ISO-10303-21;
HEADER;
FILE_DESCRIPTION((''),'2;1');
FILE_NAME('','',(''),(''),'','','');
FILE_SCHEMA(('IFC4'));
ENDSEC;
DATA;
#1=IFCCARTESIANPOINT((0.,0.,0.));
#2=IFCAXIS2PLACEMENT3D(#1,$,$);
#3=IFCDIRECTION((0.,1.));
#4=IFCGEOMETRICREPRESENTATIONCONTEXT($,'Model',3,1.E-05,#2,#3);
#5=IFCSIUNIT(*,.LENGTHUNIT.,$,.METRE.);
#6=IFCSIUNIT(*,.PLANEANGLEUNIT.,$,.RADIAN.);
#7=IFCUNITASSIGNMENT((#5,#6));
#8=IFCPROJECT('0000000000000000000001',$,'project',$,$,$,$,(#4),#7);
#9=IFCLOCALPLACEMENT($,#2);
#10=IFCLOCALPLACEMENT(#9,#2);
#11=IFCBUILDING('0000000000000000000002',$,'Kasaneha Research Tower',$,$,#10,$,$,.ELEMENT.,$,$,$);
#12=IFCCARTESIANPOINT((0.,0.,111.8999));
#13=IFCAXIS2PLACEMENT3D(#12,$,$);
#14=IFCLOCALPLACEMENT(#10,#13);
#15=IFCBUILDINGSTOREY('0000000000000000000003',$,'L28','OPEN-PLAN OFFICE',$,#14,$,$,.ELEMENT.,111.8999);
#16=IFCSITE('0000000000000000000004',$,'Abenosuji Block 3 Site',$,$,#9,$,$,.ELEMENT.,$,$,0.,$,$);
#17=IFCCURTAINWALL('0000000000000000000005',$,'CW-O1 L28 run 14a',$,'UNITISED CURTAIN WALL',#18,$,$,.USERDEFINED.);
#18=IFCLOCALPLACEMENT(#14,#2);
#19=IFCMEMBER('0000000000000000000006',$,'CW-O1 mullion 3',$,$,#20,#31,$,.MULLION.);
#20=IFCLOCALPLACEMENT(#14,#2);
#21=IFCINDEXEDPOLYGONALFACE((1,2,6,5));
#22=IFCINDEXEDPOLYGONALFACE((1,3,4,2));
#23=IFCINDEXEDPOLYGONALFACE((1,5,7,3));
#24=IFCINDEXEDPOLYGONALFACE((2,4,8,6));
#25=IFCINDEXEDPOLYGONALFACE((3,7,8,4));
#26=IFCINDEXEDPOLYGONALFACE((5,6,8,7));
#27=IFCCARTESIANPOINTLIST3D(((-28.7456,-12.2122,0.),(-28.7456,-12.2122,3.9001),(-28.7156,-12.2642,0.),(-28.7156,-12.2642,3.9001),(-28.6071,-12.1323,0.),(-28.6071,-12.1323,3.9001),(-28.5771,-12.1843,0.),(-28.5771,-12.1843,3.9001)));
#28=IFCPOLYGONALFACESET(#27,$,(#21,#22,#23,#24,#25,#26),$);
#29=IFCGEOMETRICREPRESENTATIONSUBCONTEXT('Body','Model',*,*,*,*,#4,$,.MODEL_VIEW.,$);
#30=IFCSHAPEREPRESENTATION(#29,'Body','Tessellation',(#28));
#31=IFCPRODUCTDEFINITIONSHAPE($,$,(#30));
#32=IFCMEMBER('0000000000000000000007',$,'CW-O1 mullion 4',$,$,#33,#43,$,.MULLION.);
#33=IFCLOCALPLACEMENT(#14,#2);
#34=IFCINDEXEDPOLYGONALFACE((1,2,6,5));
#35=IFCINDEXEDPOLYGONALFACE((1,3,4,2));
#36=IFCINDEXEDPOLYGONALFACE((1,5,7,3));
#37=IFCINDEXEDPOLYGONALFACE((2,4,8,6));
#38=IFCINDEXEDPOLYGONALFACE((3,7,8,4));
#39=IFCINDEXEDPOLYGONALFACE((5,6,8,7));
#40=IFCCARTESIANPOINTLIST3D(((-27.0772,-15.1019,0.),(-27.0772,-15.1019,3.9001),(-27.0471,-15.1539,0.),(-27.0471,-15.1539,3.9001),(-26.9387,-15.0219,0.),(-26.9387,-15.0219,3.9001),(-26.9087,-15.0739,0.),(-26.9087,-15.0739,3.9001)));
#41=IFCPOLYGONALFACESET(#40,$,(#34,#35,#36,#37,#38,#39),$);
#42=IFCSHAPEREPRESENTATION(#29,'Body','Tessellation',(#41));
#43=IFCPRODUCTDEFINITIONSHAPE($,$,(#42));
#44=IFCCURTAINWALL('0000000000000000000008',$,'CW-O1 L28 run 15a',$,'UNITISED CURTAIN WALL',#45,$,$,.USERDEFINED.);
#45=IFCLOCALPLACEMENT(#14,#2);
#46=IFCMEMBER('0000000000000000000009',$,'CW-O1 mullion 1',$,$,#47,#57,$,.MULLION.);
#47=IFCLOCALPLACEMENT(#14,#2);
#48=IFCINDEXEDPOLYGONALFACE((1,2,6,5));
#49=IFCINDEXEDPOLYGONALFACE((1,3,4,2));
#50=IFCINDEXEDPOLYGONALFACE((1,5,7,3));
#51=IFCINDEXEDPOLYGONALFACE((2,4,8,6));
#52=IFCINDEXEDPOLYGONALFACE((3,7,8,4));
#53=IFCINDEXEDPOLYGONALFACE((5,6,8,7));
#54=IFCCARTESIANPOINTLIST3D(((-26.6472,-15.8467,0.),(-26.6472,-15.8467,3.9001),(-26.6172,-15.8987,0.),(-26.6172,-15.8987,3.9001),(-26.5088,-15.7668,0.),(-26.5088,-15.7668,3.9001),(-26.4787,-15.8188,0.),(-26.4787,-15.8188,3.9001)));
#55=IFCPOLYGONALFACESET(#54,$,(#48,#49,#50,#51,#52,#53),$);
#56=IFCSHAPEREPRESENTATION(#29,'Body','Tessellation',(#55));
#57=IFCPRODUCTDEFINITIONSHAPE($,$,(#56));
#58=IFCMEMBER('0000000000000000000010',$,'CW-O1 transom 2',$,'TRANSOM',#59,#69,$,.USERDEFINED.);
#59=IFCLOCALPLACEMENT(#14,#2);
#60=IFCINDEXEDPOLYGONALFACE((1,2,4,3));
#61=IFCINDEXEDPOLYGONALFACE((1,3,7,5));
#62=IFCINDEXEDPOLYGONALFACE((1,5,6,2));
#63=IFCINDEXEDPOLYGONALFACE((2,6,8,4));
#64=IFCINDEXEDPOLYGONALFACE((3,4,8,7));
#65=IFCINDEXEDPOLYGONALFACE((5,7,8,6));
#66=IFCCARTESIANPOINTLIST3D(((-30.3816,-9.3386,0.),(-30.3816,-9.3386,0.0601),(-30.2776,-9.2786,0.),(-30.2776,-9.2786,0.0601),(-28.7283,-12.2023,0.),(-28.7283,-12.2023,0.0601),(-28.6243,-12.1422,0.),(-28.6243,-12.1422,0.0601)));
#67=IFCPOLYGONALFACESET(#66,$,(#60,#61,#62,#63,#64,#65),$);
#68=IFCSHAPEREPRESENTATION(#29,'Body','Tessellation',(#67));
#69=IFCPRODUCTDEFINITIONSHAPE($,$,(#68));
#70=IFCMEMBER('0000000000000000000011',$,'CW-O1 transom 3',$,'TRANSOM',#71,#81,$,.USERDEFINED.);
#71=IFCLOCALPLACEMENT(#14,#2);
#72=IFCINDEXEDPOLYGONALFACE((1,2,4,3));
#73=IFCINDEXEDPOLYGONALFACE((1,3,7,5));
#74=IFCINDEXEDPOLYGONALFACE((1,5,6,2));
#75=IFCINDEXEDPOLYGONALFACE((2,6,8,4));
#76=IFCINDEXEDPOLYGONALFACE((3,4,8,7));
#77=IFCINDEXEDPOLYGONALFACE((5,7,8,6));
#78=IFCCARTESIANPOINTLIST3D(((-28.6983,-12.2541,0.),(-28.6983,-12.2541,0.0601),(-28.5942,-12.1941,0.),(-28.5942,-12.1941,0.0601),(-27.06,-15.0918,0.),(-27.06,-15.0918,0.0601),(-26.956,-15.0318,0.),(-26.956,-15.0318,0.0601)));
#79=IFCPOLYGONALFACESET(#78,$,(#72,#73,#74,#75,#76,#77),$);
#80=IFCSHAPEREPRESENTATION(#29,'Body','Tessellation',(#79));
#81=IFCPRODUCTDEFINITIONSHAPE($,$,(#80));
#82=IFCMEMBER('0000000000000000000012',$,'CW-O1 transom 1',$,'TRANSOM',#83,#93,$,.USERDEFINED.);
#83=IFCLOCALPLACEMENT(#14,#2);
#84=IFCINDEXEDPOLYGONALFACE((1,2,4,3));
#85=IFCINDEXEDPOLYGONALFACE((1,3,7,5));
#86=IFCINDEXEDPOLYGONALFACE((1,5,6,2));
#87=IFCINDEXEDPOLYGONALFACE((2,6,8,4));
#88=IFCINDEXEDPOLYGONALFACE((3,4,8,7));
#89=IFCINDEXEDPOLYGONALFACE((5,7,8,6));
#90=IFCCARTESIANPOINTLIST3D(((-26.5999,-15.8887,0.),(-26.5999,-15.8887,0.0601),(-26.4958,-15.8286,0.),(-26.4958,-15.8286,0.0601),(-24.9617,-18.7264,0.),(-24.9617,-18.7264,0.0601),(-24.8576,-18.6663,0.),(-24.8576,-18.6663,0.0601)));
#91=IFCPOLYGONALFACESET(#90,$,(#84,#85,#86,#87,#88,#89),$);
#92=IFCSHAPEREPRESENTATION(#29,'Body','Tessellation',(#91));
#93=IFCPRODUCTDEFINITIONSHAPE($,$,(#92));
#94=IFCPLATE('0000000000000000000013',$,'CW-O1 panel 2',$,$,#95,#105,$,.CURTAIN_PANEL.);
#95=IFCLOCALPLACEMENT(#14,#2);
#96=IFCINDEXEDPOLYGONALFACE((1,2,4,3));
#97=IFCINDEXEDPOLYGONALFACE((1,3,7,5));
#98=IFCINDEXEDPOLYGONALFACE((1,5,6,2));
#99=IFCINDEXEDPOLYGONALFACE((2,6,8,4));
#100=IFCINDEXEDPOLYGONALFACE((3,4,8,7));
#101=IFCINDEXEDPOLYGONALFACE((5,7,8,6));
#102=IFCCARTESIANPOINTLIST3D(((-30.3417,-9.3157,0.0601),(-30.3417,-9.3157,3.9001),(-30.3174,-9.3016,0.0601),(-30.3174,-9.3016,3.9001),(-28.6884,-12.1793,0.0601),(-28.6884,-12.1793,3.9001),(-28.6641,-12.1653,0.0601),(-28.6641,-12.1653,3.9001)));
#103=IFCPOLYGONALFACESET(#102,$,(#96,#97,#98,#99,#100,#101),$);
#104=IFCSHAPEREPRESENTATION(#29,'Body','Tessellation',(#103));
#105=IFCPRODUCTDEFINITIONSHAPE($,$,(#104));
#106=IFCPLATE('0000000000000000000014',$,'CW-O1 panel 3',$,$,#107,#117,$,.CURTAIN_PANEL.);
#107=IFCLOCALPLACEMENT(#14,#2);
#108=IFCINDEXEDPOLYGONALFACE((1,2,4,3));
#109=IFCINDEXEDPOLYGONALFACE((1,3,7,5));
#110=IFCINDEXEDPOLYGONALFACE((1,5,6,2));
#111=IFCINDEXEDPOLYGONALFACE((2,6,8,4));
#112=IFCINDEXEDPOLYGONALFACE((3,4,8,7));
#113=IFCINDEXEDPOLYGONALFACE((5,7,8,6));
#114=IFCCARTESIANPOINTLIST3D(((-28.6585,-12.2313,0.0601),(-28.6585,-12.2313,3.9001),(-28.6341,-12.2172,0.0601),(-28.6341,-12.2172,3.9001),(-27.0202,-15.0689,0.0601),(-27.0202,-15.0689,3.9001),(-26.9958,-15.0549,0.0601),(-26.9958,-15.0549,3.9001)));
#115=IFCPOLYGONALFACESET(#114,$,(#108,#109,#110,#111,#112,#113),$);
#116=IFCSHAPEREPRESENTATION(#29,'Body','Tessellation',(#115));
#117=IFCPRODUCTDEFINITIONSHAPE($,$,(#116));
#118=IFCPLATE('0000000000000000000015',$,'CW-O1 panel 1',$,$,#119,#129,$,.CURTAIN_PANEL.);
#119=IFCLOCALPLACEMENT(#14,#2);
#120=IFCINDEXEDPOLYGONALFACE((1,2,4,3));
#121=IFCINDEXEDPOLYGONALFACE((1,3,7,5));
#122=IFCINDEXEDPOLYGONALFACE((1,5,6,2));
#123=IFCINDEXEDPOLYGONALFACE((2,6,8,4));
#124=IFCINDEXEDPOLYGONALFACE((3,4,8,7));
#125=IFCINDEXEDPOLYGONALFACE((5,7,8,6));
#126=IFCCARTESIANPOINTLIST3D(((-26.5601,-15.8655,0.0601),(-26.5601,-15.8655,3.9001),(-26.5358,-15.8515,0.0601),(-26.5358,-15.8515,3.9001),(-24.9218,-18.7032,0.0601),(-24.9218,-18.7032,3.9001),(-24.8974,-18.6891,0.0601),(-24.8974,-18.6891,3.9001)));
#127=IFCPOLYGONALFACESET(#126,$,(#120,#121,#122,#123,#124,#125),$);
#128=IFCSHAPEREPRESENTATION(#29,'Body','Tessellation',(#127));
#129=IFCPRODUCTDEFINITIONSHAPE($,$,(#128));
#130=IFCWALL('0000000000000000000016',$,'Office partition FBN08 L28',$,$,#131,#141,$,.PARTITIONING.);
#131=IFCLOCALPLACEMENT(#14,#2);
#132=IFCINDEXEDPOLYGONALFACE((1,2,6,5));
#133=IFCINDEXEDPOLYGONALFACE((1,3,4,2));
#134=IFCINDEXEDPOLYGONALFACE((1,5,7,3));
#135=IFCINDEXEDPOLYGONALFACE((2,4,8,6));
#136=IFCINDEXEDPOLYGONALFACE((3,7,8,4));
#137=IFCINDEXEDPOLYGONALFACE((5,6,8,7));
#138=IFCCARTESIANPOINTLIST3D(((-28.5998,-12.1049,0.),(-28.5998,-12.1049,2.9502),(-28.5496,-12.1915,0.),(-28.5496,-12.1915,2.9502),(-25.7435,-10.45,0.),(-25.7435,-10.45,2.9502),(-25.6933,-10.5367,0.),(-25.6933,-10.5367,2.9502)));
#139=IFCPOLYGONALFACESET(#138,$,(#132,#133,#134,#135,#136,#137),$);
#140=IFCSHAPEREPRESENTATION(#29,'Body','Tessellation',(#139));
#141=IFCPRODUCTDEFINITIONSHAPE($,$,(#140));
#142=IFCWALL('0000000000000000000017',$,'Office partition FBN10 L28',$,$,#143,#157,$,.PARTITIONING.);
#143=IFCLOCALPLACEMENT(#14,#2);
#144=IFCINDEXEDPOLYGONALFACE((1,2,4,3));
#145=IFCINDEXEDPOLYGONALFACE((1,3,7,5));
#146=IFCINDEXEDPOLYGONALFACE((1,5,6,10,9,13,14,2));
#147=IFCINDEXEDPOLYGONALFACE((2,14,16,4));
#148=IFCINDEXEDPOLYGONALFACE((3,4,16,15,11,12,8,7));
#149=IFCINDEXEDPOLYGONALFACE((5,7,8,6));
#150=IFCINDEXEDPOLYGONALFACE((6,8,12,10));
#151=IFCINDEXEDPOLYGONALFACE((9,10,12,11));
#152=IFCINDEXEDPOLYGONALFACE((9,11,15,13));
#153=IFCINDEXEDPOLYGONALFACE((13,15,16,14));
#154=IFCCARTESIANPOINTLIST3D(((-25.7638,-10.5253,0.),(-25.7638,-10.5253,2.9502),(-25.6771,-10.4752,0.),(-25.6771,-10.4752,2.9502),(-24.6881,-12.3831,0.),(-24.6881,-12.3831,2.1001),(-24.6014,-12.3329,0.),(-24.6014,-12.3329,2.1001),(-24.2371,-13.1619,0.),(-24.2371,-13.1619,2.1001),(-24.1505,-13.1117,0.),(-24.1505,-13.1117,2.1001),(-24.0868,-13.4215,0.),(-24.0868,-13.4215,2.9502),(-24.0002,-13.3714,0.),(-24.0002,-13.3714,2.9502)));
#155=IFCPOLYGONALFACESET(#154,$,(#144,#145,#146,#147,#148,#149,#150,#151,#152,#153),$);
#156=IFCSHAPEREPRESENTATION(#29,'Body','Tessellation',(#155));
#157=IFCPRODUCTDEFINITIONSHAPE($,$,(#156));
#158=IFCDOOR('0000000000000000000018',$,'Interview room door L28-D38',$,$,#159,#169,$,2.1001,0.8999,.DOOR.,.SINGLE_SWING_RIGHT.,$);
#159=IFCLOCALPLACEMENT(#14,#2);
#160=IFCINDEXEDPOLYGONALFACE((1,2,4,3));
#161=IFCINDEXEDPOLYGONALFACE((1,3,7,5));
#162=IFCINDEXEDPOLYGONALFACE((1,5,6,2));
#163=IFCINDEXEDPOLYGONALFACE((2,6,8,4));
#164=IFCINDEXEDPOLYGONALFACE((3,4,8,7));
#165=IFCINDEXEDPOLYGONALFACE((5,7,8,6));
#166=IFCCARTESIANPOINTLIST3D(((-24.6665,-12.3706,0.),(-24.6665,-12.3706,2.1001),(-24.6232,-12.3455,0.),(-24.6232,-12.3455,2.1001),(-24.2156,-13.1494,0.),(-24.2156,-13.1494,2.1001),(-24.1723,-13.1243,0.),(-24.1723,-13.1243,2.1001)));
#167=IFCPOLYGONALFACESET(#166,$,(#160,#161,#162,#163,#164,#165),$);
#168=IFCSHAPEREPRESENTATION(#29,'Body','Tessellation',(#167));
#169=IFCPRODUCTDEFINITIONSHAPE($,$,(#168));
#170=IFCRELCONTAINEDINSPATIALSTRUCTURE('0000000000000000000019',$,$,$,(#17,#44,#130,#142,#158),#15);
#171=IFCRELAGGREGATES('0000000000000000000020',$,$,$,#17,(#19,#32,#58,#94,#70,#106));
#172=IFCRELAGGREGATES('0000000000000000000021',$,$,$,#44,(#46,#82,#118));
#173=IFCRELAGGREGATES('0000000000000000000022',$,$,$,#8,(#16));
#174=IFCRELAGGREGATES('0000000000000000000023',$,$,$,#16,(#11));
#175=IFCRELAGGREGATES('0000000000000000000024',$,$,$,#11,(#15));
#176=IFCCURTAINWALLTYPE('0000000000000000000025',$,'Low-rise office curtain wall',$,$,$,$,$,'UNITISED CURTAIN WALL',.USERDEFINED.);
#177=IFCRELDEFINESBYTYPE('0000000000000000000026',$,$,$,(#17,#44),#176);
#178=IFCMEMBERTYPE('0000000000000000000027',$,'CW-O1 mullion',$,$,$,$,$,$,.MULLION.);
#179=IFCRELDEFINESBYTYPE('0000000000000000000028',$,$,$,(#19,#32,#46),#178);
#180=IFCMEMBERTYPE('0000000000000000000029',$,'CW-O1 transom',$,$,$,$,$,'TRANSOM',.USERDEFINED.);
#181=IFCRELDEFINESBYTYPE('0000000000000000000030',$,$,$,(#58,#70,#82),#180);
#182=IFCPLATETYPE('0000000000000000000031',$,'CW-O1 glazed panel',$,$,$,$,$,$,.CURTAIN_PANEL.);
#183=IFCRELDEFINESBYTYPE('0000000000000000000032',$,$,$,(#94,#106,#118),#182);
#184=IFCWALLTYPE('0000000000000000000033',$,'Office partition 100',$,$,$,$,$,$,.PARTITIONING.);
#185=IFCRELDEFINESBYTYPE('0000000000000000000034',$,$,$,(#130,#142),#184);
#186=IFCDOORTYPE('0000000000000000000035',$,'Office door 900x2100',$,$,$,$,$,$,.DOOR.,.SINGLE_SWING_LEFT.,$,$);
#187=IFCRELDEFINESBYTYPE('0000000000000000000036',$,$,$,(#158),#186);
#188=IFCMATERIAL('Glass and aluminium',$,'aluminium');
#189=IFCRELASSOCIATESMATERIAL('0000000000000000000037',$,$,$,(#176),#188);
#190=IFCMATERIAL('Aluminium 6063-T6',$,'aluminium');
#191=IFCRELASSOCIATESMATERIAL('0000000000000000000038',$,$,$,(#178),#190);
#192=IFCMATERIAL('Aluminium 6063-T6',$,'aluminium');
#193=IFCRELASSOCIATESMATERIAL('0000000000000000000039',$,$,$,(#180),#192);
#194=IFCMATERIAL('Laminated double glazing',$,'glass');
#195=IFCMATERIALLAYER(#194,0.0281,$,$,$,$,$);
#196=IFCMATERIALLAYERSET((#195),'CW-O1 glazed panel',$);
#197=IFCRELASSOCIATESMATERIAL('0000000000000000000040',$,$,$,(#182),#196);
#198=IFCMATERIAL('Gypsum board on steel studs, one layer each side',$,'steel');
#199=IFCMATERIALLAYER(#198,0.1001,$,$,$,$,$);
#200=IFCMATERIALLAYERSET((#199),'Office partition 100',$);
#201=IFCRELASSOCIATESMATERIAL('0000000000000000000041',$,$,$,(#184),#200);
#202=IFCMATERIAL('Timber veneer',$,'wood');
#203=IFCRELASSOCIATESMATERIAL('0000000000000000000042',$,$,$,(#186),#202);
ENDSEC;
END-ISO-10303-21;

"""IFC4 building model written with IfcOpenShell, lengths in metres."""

from ifc_helpers import new_model, si_unit, direction, frame, frame_2d, origin, origin_2d, place, context, subcontext, project, spatial, rectangle, extrude, material, layer, layer_set, material_profile, profile_set, type_object, element, fill, aggregate, save


model = new_model("IFC4")

# Units and contexts
model_context = context("Model", 3, precision=1e-05, world=origin(), true_north=direction((0.0, 1.0)))
body_context = subcontext(model_context, "Body", "Model", "MODEL_VIEW")
ifc_project = project(units=[si_unit("LENGTHUNIT", "METRE"), si_unit("PLANEANGLEUNIT", "RADIAN")], contexts=[model_context])

# Site, building, storey
site_placement = place(None, origin())
site = spatial("IfcSite", under=ifc_project, at=site_placement, Name="Abenosuji Block 3 Site", CompositionType="ELEMENT", RefElevation=0.0)
building_placement = place(site_placement, origin())
building = spatial("IfcBuilding", under=site, at=building_placement, Name="Kasaneha Research Tower", CompositionType="ELEMENT")
storey_placement = place(building_placement, frame((0.0, 0.0, 111.8999)))
storey = spatial("IfcBuildingStorey", under=building, at=storey_placement, Name="L28", Description="OPEN-PLAN OFFICE", CompositionType="ELEMENT", Elevation=111.8999)

# Curtain wall, members
ifc_material_1 = material(Name="Glass and aluminium", Category="aluminium")
curtain_wall_type = type_object("IfcCurtainWallType", Name="Low-rise office curtain wall", ElementType="UNITISED CURTAIN WALL", PredefinedType="USERDEFINED", material=ifc_material_1)
curtain_wall_1_placement = place(storey_placement, origin())
curtain_wall_1 = element("IfcCurtainWall", 1, at=curtain_wall_1_placement, inside=storey, type_object=curtain_wall_type, Name="CW-O1 L28 run 14a", ObjectType="UNITISED CURTAIN WALL", PredefinedType="USERDEFINED")
ifc_material_2 = material(Name="Aluminium 6063-T6", Category="aluminium")
ifc_material_profile_1 = material_profile(ifc_material_2, rectangle(XDim=0.0601, YDim=0.1599, at=origin_2d()), Name="CW-O1 mullion 60x160")
ifc_profile_set_1 = profile_set([ifc_material_profile_1], Name="Aluminium 6063-T6")
member_type_1 = type_object("IfcMemberType", Name="CW-O1 mullion", PredefinedType="MULLION", material=ifc_profile_set_1)
member_1_placement = place(storey_placement, frame((-28.6614, -12.1982, 0.0), z_axis=(0.0, 0.0, 1.0), x_axis=(0.5, -0.866025, 0.0)))
member_1 = element("IfcMember", 2, at=member_1_placement, type_object=member_type_1, Name="CW-O1 mullion 3", PredefinedType="MULLION", context=body_context, shape_type="SweptSolid", body=[
    extrude(rectangle(XDim=0.0601, YDim=0.1599, at=origin_2d()), origin(), (0.0, 0.0, 1.0), 3.9001),
])
member_2_placement = place(storey_placement, frame((-26.9929, -15.0879, 0.0), z_axis=(0.0, 0.0, 1.0), x_axis=(0.5, -0.866025, 0.0)))
member_2 = element("IfcMember", 3, at=member_2_placement, type_object=member_type_1, Name="CW-O1 mullion 4", PredefinedType="MULLION", context=body_context, shape_type="SweptSolid", body=[
    extrude(rectangle(XDim=0.0601, YDim=0.1599, at=origin_2d()), origin(), (0.0, 0.0, 1.0), 3.9001),
])

# Curtain wall, member
curtain_wall_2_placement = place(storey_placement, origin())
curtain_wall_2 = element("IfcCurtainWall", 4, at=curtain_wall_2_placement, inside=storey, type_object=curtain_wall_type, Name="CW-O1 L28 run 15a", ObjectType="UNITISED CURTAIN WALL", PredefinedType="USERDEFINED")
member_3_placement = place(storey_placement, frame((-26.563, -15.8328, 0.0), z_axis=(0.0, 0.0, 1.0), x_axis=(0.5, -0.866025, 0.0)))
member_3 = element("IfcMember", 5, at=member_3_placement, type_object=member_type_1, Name="CW-O1 mullion 1", PredefinedType="MULLION", context=body_context, shape_type="SweptSolid", body=[
    extrude(rectangle(XDim=0.0601, YDim=0.1599, at=origin_2d()), origin(), (0.0, 0.0, 1.0), 3.9001),
])

# Members
ifc_material_3 = material(Name="Aluminium 6063-T6", Category="aluminium")
ifc_material_profile_2 = material_profile(ifc_material_3, rectangle(XDim=0.1201, YDim=0.0601, at=origin_2d()), Name="CW-O1 transom 120x60")
ifc_profile_set_2 = profile_set([ifc_material_profile_2], Name="Aluminium 6063-T6")
member_type_2 = type_object("IfcMemberType", Name="CW-O1 transom", ElementType="TRANSOM", PredefinedType="USERDEFINED", material=ifc_profile_set_2)
member_4_placement = place(storey_placement, frame((-30.3296, -9.3086, 0.03), z_axis=(0.499982, -0.866036, 0.0), x_axis=(0.866036, 0.499982, 0.0)))
member_4 = element("IfcMember", 6, at=member_4_placement, type_object=member_type_2, Name="CW-O1 transom 2", ObjectType="TRANSOM", PredefinedType="USERDEFINED", context=body_context, shape_type="SweptSolid", body=[
    extrude(rectangle(XDim=0.1201, YDim=0.0601, at=origin_2d()), origin(), (0.0, 0.0, 1.0), 3.3066),
])
member_5_placement = place(storey_placement, frame((-28.6462, -12.2241, 0.03), z_axis=(0.49997, -0.866043, 0.0), x_axis=(0.866043, 0.49997, 0.0)))
member_5 = element("IfcMember", 7, at=member_5_placement, type_object=member_type_2, Name="CW-O1 transom 3", ObjectType="TRANSOM", PredefinedType="USERDEFINED", context=body_context, shape_type="SweptSolid", body=[
    extrude(rectangle(XDim=0.1201, YDim=0.0601, at=origin_2d()), origin(), (0.0, 0.0, 1.0), 3.2766),
])
member_6_placement = place(storey_placement, frame((-26.5479, -15.8586, 0.03), z_axis=(0.49997, -0.866043, 0.0), x_axis=(0.866043, 0.49997, 0.0)))
member_6 = element("IfcMember", 8, at=member_6_placement, type_object=member_type_2, Name="CW-O1 transom 1", ObjectType="TRANSOM", PredefinedType="USERDEFINED", context=body_context, shape_type="SweptSolid", body=[
    extrude(rectangle(XDim=0.1201, YDim=0.0601, at=origin_2d()), origin(), (0.0, 0.0, 1.0), 3.2766),
])

# Plates
ifc_material_4 = material(Name="Laminated double glazing", Category="glass")
ifc_layer_1 = layer(ifc_material_4, 0.0281)
ifc_layer_set_1 = layer_set([ifc_layer_1], Name="CW-O1 glazed panel")
plate_type = type_object("IfcPlateType", Name="CW-O1 glazed panel", PredefinedType="CURTAIN_PANEL", material=ifc_layer_set_1)
plate_1_placement = place(storey_placement, frame((-29.5029, -10.7405, 0.0601), z_axis=(0.0, 0.0, 1.0), x_axis=(0.5, -0.866025, 0.0)))
plate_1 = element("IfcPlate", 9, at=plate_1_placement, type_object=plate_type, Name="CW-O1 panel 2", PredefinedType="CURTAIN_PANEL", context=body_context, shape_type="SweptSolid", body=[
    extrude(rectangle(XDim=3.3066, YDim=0.0281, at=origin_2d()), origin(), (0.0, 0.0, 1.0), 3.8401),
])
plate_2_placement = place(storey_placement, frame((-27.8271, -13.6431, 0.0601), z_axis=(0.0, 0.0, 1.0), x_axis=(0.5, -0.866025, 0.0)))
plate_2 = element("IfcPlate", 10, at=plate_2_placement, type_object=plate_type, Name="CW-O1 panel 3", PredefinedType="CURTAIN_PANEL", context=body_context, shape_type="SweptSolid", body=[
    extrude(rectangle(XDim=3.2766, YDim=0.0281, at=origin_2d()), origin(), (0.0, 0.0, 1.0), 3.8401),
])
aggregate(curtain_wall_1, [member_1, member_2, member_4, plate_1, member_5, plate_2])
plate_3_placement = place(storey_placement, frame((-25.7288, -17.2773, 0.0601), z_axis=(0.0, 0.0, 1.0), x_axis=(0.5, -0.866025, 0.0)))
plate_3 = element("IfcPlate", 11, at=plate_3_placement, type_object=plate_type, Name="CW-O1 panel 1", PredefinedType="CURTAIN_PANEL", context=body_context, shape_type="SweptSolid", body=[
    extrude(rectangle(XDim=3.2766, YDim=0.0281, at=origin_2d()), origin(), (0.0, 0.0, 1.0), 3.8401),
])
aggregate(curtain_wall_2, [member_3, member_6, plate_3])

# Wall
ifc_material_5 = material(Name="Gypsum board on steel studs, one layer each side", Category="steel")
ifc_layer_2 = layer(ifc_material_5, 0.1001)
ifc_layer_set_2 = layer_set([ifc_layer_2], Name="Office partition 100")
wall_type = type_object("IfcWallType", Name="Office partition 100", PredefinedType="PARTITIONING", material=ifc_layer_set_2)
wall_1_placement = place(storey_placement, frame((-25.7185, -10.4934, 0.0), z_axis=(0.0, 0.0, 1.0), x_axis=(-0.865269, -0.501307, 0.0)))
element("IfcWall", 12, at=wall_1_placement, inside=storey, type_object=wall_type, Name="Office partition FBN08 L28", PredefinedType="PARTITIONING", context=body_context, shape_type="SweptSolid", body=[
    extrude(rectangle(XDim=3.301, YDim=0.1001, at=frame_2d((1.6504, 0.0))), origin(), (0.0, 0.0, 1.0), 2.9502),
])

# Wall, opening, door
wall_2_placement = place(storey_placement, frame((-25.7205, -10.5002, 0.0), z_axis=(0.0, 0.0, 1.0), x_axis=(0.501088, -0.865396, 0.0)))
wall_2 = element("IfcWall", 13, at=wall_2_placement, inside=storey, type_object=wall_type, Name="Office partition FBN10 L28", PredefinedType="PARTITIONING", context=body_context, shape_type="SweptSolid", body=[
    extrude(rectangle(XDim=3.3467, YDim=0.1001, at=frame_2d((1.6733, 0.0))), origin(), (0.0, 0.0, 1.0), 2.9502),
])
opening_1_placement = place(wall_2_placement, frame((2.1467, 0.0, 0.0)))
opening_1 = element("IfcOpeningElement", 14, at=opening_1_placement, cuts=wall_2, PredefinedType="OPENING", context=body_context, shape_type="SweptSolid", body=[
    extrude(rectangle(XDim=0.8999, YDim=2.1001, at=frame_2d((0.45, 1.05))), frame((0.0, 0.0601, 0.0), z_axis=(0.0, -1.0, 0.0), x_axis=(1.0, 0.0, 0.0)), (0.0, 0.0, 1.0), 0.1201),
])
ifc_material_6 = material(Name="Timber veneer", Category="wood")
door_type = type_object("IfcDoorType", Name="Office door 900x2100", OperationType="SINGLE_SWING_LEFT", PredefinedType="DOOR", material=ifc_material_6)
door_1_placement = place(opening_1_placement, origin())
door_1 = element("IfcDoor", 15, at=door_1_placement, inside=storey, type_object=door_type, Name="Interview room door L28-D38", OperationType="SINGLE_SWING_RIGHT", OverallHeight=2.1001, OverallWidth=0.8999, PredefinedType="DOOR", context=body_context, shape_type="SweptSolid", body=[
    extrude(rectangle(XDim=0.8999, YDim=2.1001, at=frame_2d((0.45, 1.05))), frame((0.0, 0.0249, 0.0), z_axis=(0.0, -1.0, 0.0), x_axis=(1.0, 0.0, 0.0)), (0.0, 0.0, 1.0), 0.05),
])
fill(opening_1, door_1)

save(model, "model.ifc")
